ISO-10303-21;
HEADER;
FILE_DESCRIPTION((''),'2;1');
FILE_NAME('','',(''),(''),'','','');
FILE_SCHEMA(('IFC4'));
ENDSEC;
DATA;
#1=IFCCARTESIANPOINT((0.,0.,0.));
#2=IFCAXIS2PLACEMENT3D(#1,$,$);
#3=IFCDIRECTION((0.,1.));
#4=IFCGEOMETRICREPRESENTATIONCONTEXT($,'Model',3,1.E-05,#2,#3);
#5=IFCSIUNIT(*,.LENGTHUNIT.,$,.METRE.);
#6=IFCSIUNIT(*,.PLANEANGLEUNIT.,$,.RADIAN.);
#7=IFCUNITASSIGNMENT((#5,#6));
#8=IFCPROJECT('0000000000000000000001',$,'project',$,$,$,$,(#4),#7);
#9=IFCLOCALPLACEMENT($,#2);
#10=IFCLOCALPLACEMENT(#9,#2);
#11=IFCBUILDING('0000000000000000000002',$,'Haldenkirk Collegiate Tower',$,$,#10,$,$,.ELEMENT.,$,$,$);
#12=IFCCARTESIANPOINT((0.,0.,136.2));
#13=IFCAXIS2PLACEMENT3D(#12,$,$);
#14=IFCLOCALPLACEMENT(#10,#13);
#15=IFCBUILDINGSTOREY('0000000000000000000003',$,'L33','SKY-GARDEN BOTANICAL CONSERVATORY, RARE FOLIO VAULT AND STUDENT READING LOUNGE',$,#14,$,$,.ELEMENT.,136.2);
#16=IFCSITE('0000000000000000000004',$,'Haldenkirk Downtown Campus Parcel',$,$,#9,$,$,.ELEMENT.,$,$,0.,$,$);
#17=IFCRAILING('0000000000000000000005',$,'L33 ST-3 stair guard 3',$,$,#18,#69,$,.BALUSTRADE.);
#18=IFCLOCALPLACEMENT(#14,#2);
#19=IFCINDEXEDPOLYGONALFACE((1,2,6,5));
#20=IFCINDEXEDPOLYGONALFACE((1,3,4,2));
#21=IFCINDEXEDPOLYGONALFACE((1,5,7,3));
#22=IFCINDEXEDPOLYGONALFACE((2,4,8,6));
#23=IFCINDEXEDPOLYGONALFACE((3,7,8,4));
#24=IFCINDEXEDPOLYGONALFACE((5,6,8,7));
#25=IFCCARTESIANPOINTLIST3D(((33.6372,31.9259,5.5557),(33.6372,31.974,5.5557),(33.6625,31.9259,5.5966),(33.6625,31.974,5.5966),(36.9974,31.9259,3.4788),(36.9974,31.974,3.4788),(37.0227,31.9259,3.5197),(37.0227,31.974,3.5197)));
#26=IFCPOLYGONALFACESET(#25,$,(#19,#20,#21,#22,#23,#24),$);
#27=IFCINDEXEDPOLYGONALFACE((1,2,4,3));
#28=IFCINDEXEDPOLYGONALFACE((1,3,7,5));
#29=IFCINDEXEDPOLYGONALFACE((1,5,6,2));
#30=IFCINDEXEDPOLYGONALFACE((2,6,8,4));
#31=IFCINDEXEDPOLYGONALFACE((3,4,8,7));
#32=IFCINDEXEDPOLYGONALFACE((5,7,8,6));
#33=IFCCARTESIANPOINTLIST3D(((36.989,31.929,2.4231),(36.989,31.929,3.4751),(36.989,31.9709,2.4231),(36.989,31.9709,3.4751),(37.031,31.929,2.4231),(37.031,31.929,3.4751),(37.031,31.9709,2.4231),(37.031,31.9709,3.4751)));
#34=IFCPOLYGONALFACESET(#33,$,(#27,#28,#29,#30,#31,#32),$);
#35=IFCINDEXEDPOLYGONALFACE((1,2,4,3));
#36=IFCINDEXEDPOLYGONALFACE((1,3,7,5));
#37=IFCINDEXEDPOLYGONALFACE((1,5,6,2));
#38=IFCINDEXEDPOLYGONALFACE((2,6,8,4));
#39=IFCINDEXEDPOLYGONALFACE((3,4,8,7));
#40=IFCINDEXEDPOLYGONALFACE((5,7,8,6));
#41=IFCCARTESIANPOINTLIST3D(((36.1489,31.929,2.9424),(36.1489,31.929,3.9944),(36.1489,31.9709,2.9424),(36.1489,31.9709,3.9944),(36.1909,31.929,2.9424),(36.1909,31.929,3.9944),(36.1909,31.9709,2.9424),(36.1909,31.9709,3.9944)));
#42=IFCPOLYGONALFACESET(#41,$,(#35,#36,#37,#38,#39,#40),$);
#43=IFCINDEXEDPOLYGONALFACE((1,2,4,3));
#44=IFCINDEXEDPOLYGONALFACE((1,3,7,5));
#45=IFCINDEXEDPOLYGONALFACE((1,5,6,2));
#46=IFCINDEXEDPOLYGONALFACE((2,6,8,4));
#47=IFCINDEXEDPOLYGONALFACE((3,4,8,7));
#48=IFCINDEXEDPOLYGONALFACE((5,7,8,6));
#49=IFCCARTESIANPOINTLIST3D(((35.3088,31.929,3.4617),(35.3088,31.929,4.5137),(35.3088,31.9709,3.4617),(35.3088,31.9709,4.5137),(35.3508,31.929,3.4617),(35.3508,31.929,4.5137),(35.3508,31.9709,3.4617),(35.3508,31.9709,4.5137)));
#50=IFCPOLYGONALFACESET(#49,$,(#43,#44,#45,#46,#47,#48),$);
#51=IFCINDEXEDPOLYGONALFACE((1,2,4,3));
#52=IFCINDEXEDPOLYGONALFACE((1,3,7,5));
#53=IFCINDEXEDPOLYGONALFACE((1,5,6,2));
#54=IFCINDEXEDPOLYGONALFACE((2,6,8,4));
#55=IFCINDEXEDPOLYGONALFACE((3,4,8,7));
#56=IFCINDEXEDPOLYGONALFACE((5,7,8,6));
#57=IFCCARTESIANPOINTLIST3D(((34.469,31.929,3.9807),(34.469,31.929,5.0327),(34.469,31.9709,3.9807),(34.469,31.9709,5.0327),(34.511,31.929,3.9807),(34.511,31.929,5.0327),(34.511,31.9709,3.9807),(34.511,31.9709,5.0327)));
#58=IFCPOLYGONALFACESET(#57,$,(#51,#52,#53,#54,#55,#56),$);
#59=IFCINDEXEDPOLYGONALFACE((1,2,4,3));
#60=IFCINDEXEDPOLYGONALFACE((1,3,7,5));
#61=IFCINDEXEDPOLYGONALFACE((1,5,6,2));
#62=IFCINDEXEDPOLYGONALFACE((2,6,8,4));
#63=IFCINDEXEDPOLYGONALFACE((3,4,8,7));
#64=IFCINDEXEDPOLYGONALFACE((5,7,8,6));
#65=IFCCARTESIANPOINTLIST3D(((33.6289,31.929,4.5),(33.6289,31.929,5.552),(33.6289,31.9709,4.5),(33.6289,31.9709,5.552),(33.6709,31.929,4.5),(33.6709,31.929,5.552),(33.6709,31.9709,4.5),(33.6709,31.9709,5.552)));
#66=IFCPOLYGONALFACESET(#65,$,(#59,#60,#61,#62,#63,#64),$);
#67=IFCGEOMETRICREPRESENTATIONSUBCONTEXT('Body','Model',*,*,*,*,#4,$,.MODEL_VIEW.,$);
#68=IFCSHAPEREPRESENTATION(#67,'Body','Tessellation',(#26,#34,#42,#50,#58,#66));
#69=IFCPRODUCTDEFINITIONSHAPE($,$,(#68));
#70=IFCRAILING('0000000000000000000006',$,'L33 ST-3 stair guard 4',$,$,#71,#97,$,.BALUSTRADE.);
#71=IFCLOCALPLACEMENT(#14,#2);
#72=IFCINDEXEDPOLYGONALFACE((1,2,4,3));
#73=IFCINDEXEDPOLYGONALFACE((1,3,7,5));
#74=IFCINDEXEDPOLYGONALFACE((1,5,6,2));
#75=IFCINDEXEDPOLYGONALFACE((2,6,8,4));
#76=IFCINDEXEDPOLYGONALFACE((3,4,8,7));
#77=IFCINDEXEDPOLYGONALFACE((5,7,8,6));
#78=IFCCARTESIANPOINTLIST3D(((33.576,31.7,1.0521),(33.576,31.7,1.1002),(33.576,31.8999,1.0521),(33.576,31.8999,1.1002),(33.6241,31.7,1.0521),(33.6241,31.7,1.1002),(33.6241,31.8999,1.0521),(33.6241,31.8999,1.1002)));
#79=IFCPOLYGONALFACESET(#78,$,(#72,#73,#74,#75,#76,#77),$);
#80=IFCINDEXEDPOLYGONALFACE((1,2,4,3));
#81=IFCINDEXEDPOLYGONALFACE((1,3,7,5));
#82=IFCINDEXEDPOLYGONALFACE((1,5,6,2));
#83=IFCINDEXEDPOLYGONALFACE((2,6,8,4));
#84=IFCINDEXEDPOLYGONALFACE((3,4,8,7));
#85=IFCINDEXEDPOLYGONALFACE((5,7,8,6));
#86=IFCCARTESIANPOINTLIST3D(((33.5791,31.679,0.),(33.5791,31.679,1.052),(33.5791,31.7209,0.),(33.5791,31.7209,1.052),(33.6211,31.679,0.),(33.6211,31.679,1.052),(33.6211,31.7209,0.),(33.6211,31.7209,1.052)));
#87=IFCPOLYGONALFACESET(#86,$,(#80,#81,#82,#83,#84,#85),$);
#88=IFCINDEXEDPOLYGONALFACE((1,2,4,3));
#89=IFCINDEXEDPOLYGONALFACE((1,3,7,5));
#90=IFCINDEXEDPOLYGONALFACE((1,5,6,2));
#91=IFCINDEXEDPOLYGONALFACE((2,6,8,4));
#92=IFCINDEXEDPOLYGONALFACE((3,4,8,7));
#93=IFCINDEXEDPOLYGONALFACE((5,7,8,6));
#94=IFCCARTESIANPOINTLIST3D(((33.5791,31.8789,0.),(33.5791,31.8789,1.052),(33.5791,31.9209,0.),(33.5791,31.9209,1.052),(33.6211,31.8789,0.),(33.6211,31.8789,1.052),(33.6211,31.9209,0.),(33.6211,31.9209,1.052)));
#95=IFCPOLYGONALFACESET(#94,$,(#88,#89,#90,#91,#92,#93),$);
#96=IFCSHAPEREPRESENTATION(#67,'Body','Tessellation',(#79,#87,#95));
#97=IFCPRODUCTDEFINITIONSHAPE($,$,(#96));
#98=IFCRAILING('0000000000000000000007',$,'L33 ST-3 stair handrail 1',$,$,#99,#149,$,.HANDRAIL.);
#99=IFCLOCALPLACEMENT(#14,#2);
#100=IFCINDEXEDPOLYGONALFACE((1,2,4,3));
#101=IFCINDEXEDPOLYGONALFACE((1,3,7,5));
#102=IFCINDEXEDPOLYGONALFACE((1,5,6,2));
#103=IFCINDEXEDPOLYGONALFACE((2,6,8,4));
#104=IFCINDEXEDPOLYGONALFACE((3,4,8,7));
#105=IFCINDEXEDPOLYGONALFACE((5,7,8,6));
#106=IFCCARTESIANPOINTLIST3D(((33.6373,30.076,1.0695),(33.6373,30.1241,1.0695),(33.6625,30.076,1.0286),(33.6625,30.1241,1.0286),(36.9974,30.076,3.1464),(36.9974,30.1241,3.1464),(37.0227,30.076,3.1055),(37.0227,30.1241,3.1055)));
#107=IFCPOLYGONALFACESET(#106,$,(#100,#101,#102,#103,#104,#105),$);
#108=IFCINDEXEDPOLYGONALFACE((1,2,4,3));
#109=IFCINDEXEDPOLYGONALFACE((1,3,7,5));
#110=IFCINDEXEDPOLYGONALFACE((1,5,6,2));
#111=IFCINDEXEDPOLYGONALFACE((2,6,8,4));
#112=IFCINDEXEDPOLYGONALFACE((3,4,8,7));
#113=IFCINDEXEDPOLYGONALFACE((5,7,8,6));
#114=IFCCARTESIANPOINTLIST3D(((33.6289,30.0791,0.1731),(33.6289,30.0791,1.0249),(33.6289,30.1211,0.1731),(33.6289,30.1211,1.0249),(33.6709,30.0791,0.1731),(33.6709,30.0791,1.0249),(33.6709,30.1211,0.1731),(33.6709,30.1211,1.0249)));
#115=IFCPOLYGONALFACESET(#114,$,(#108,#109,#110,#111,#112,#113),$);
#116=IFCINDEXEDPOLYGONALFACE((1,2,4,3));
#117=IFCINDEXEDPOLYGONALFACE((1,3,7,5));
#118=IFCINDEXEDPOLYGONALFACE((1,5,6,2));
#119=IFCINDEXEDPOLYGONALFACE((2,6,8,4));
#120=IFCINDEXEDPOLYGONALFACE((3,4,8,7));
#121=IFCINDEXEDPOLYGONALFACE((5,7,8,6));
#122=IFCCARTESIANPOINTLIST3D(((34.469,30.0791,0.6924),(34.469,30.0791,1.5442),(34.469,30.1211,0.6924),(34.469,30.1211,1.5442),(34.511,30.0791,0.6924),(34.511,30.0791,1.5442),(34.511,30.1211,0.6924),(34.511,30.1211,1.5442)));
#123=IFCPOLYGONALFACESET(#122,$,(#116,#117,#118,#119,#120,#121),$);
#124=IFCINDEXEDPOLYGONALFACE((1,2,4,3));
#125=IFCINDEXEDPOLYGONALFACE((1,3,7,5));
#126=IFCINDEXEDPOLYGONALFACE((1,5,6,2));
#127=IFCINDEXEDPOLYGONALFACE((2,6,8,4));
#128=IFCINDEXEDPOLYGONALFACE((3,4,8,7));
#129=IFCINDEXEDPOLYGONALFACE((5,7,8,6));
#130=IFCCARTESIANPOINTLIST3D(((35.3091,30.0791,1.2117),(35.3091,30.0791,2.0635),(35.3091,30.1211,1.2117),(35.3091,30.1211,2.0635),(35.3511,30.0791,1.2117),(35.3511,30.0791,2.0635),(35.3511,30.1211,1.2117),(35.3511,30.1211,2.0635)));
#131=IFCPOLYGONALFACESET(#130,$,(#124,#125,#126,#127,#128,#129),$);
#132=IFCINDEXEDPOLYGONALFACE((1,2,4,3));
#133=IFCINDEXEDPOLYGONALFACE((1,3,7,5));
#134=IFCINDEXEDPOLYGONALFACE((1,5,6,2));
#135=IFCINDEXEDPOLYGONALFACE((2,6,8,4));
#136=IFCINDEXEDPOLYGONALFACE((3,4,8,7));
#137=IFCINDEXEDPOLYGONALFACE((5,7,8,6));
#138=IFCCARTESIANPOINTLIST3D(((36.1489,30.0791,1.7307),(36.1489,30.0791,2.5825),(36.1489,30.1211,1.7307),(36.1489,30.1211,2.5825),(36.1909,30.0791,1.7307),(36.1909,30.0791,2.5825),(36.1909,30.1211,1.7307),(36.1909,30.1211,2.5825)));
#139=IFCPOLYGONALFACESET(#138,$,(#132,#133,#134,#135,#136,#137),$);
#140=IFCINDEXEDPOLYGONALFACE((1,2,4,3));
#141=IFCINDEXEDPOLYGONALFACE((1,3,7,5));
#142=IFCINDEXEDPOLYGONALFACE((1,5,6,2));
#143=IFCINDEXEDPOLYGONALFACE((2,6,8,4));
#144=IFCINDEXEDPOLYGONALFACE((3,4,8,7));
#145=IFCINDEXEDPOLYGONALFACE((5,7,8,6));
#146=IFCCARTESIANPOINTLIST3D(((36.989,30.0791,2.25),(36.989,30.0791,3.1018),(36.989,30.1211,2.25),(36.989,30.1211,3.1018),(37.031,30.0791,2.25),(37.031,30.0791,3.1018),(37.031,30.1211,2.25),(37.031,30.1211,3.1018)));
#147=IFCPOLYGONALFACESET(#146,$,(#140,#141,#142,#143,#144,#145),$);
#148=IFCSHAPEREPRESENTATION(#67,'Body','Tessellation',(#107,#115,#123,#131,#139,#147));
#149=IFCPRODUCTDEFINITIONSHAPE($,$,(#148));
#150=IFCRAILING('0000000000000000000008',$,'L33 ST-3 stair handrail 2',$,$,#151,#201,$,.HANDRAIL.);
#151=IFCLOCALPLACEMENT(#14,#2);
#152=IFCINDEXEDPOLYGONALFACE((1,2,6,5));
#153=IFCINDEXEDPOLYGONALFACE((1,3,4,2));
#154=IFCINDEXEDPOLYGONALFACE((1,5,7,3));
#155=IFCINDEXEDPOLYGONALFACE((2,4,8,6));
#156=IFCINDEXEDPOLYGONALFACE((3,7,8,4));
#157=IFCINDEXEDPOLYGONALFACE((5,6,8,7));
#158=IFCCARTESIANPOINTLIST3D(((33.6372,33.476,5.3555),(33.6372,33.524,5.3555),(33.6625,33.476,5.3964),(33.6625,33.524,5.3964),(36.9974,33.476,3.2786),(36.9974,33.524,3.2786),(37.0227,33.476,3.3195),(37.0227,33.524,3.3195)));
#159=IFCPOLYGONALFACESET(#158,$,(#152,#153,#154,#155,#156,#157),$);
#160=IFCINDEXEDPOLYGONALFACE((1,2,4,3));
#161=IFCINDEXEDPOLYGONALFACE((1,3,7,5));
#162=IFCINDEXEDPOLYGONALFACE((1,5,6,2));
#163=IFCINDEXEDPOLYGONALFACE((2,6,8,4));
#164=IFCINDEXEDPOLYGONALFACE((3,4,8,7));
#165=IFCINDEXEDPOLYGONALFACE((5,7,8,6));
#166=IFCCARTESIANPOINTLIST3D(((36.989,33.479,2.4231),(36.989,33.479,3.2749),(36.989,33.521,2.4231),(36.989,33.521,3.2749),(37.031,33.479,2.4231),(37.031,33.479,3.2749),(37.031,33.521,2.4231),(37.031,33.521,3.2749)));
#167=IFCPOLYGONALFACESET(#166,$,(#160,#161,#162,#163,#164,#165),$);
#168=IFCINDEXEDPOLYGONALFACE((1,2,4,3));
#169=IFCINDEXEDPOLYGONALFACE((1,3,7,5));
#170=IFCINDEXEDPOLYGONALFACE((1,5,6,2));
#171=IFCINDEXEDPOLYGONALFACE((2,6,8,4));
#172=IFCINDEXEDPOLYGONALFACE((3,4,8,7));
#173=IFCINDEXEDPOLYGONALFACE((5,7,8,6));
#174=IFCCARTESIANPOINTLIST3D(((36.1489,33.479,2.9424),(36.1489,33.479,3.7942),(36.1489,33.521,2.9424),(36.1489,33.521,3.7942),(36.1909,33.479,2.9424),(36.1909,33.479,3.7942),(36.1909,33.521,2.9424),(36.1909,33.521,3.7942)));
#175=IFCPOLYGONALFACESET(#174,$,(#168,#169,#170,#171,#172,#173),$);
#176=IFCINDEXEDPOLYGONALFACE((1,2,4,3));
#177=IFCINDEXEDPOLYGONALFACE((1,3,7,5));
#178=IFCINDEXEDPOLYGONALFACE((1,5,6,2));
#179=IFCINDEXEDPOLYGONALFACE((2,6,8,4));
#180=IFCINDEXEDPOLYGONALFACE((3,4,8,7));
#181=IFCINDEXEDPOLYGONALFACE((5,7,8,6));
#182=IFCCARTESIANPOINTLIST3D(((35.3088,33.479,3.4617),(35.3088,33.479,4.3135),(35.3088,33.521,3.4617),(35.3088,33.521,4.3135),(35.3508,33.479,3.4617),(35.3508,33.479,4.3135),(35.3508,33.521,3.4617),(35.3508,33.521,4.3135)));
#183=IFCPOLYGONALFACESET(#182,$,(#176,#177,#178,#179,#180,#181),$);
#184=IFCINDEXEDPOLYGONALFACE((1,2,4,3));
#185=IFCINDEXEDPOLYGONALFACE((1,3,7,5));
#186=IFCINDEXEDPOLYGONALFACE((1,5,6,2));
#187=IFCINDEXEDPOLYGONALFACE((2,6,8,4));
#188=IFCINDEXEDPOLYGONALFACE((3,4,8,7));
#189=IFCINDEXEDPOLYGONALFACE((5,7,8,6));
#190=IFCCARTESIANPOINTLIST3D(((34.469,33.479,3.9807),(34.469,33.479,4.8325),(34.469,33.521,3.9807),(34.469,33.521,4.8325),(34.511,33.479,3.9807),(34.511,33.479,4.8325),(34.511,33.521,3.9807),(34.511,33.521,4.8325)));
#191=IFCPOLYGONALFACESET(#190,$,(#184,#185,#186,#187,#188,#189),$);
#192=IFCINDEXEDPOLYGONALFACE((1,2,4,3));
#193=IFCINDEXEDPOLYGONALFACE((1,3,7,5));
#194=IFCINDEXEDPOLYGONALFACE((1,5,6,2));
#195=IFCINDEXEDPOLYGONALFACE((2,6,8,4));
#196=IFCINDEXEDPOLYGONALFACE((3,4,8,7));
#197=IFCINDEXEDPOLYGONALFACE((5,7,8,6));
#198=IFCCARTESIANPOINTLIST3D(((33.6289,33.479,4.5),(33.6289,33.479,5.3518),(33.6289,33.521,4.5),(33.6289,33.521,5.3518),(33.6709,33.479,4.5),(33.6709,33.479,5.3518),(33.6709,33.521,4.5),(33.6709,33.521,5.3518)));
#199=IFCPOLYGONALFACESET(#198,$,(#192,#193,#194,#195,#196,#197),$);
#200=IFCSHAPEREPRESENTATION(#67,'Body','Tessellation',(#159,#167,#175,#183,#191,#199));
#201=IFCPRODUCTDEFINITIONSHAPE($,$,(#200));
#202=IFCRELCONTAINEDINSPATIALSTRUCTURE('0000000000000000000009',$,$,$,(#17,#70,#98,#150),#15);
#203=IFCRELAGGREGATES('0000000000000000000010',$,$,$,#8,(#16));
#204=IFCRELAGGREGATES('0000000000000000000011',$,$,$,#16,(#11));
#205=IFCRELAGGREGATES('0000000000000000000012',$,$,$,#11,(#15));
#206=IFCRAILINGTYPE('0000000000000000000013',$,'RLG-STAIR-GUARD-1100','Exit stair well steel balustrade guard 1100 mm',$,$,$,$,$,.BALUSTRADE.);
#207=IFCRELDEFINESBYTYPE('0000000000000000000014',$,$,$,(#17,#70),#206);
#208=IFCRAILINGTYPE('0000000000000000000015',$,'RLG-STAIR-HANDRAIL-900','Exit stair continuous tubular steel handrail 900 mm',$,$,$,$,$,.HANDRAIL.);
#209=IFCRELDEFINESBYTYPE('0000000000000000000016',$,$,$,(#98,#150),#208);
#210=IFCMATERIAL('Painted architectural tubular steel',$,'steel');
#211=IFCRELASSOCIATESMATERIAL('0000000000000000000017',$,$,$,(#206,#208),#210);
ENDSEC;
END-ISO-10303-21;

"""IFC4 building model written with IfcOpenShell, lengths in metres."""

from ifc_helpers import new_model, si_unit, direction, frame, origin, origin_2d, place, context, subcontext, project, spatial, rectangle, extrude, material, type_object, element, save


model = new_model("IFC4")

# Units and contexts
model_context = context("Model", 3, precision=1e-05, world=origin(), true_north=direction((0.0, 1.0)))
body_context = subcontext(model_context, "Body", "Model", "MODEL_VIEW")
ifc_project = project(units=[si_unit("LENGTHUNIT", "METRE"), si_unit("PLANEANGLEUNIT", "RADIAN")], contexts=[model_context])

# Site, building, storey
site_placement = place(None, origin())
site = spatial("IfcSite", under=ifc_project, at=site_placement, Name="Haldenkirk Downtown Campus Parcel", CompositionType="ELEMENT", RefElevation=0.0)
building_placement = place(site_placement, origin())
building = spatial("IfcBuilding", under=site, at=building_placement, Name="Haldenkirk Collegiate Tower", CompositionType="ELEMENT")
storey_placement = place(building_placement, frame((0.0, 0.0, 136.2)))
storey = spatial("IfcBuildingStorey", under=building, at=storey_placement, Name="L33", Description="SKY-GARDEN BOTANICAL CONSERVATORY, RARE FOLIO VAULT AND STUDENT READING LOUNGE", CompositionType="ELEMENT", Elevation=136.2)

# Railings
ifc_material_1 = material(Name="Painted architectural tubular steel", Category="steel")
railing_type_1 = type_object("IfcRailingType", Name="RLG-STAIR-GUARD-1100", Description="Exit stair well steel balustrade guard 1100 mm", PredefinedType="BALUSTRADE", material=ifc_material_1)
railing_1_placement = place(storey_placement, frame((37.01, 31.95, 2.4231)))
element("IfcRailing", 1, at=railing_1_placement, inside=storey, type_object=railing_type_1, Name="L33 ST-3 stair guard 3", PredefinedType="BALUSTRADE", context=body_context, shape_type="SweptSolid", body=[
    extrude(rectangle(XDim=0.0481, YDim=0.0481, at=origin_2d()), frame((0.0, 0.0, 1.0762), z_axis=(-0.850623, 0.0, 0.525776), x_axis=(0.0, -1.0, 0.0)), (0.0, 0.0, 1.0), 3.9502),
    extrude(rectangle(XDim=0.042, YDim=0.042, at=origin_2d()), origin(), (0.0, 0.0, 1.0), 1.052),
    extrude(rectangle(XDim=0.042, YDim=0.042, at=origin_2d()), frame((-0.8401, 0.0, 0.5193)), (0.0, 0.0, 1.0), 1.052),
    extrude(rectangle(XDim=0.042, YDim=0.042, at=origin_2d()), frame((-1.6802, 0.0, 1.0386)), (0.0, 0.0, 1.0), 1.052),
    extrude(rectangle(XDim=0.042, YDim=0.042, at=origin_2d()), frame((-2.52, 0.0, 1.5576)), (0.0, 0.0, 1.0), 1.052),
    extrude(rectangle(XDim=0.042, YDim=0.042, at=origin_2d()), frame((-3.3601, 0.0, 2.0769)), (0.0, 0.0, 1.0), 1.052),
])
railing_2_placement = place(storey_placement, frame((33.6001, 31.7, 0.0)))
element("IfcRailing", 2, at=railing_2_placement, inside=storey, type_object=railing_type_1, Name="L33 ST-3 stair guard 4", PredefinedType="BALUSTRADE", context=body_context, shape_type="SweptSolid", body=[
    extrude(rectangle(XDim=0.0481, YDim=0.0481, at=origin_2d()), frame((0.0, 0.0, 1.0762), z_axis=(0.0, 1.0, 0.0), x_axis=(-1.0, 0.0, 0.0)), (0.0, 0.0, 1.0), 0.2),
    extrude(rectangle(XDim=0.042, YDim=0.042, at=origin_2d()), origin(), (0.0, 0.0, 1.0), 1.052),
    extrude(rectangle(XDim=0.042, YDim=0.042, at=origin_2d()), frame((0.0, 0.2, 0.0)), (0.0, 0.0, 1.0), 1.052),
])
railing_type_2 = type_object("IfcRailingType", Name="RLG-STAIR-HANDRAIL-900", Description="Exit stair continuous tubular steel handrail 900 mm", PredefinedType="HANDRAIL", material=ifc_material_1)
railing_3_placement = place(storey_placement, frame((33.6499, 30.1001, 0.1731)))
element("IfcRailing", 3, at=railing_3_placement, inside=storey, type_object=railing_type_2, Name="L33 ST-3 stair handrail 1", PredefinedType="HANDRAIL", context=body_context, shape_type="SweptSolid", body=[
    extrude(rectangle(XDim=0.0481, YDim=0.0481, at=origin_2d()), frame((0.0, 0.0, 0.876), z_axis=(0.850623, 0.0, 0.525776), x_axis=(0.0, 1.0, 0.0)), (0.0, 0.0, 1.0), 3.9502),
    extrude(rectangle(XDim=0.042, YDim=0.042, at=origin_2d()), origin(), (0.0, 0.0, 1.0), 0.8518),
    extrude(rectangle(XDim=0.042, YDim=0.042, at=origin_2d()), frame((0.8401, 0.0, 0.5193)), (0.0, 0.0, 1.0), 0.8518),
    extrude(rectangle(XDim=0.042, YDim=0.042, at=origin_2d()), frame((1.6802, 0.0, 1.0386)), (0.0, 0.0, 1.0), 0.8518),
    extrude(rectangle(XDim=0.042, YDim=0.042, at=origin_2d()), frame((2.52, 0.0, 1.5576)), (0.0, 0.0, 1.0), 0.8518),
    extrude(rectangle(XDim=0.042, YDim=0.042, at=origin_2d()), frame((3.3601, 0.0, 2.0769)), (0.0, 0.0, 1.0), 0.8518),
])
railing_4_placement = place(storey_placement, frame((37.01, 33.5, 2.4231)))
element("IfcRailing", 4, at=railing_4_placement, inside=storey, type_object=railing_type_2, Name="L33 ST-3 stair handrail 2", PredefinedType="HANDRAIL", context=body_context, shape_type="SweptSolid", body=[
    extrude(rectangle(XDim=0.0481, YDim=0.0481, at=origin_2d()), frame((0.0, 0.0, 0.876), z_axis=(-0.850623, 0.0, 0.525776), x_axis=(0.0, -1.0, 0.0)), (0.0, 0.0, 1.0), 3.9502),
    extrude(rectangle(XDim=0.042, YDim=0.042, at=origin_2d()), origin(), (0.0, 0.0, 1.0), 0.8518),
    extrude(rectangle(XDim=0.042, YDim=0.042, at=origin_2d()), frame((-0.8401, 0.0, 0.5193)), (0.0, 0.0, 1.0), 0.8518),
    extrude(rectangle(XDim=0.042, YDim=0.042, at=origin_2d()), frame((-1.6802, 0.0, 1.0386)), (0.0, 0.0, 1.0), 0.8518),
    extrude(rectangle(XDim=0.042, YDim=0.042, at=origin_2d()), frame((-2.52, 0.0, 1.5576)), (0.0, 0.0, 1.0), 0.8518),
    extrude(rectangle(XDim=0.042, YDim=0.042, at=origin_2d()), frame((-3.3601, 0.0, 2.0769)), (0.0, 0.0, 1.0), 0.8518),
])

save(model, "model.ifc")
